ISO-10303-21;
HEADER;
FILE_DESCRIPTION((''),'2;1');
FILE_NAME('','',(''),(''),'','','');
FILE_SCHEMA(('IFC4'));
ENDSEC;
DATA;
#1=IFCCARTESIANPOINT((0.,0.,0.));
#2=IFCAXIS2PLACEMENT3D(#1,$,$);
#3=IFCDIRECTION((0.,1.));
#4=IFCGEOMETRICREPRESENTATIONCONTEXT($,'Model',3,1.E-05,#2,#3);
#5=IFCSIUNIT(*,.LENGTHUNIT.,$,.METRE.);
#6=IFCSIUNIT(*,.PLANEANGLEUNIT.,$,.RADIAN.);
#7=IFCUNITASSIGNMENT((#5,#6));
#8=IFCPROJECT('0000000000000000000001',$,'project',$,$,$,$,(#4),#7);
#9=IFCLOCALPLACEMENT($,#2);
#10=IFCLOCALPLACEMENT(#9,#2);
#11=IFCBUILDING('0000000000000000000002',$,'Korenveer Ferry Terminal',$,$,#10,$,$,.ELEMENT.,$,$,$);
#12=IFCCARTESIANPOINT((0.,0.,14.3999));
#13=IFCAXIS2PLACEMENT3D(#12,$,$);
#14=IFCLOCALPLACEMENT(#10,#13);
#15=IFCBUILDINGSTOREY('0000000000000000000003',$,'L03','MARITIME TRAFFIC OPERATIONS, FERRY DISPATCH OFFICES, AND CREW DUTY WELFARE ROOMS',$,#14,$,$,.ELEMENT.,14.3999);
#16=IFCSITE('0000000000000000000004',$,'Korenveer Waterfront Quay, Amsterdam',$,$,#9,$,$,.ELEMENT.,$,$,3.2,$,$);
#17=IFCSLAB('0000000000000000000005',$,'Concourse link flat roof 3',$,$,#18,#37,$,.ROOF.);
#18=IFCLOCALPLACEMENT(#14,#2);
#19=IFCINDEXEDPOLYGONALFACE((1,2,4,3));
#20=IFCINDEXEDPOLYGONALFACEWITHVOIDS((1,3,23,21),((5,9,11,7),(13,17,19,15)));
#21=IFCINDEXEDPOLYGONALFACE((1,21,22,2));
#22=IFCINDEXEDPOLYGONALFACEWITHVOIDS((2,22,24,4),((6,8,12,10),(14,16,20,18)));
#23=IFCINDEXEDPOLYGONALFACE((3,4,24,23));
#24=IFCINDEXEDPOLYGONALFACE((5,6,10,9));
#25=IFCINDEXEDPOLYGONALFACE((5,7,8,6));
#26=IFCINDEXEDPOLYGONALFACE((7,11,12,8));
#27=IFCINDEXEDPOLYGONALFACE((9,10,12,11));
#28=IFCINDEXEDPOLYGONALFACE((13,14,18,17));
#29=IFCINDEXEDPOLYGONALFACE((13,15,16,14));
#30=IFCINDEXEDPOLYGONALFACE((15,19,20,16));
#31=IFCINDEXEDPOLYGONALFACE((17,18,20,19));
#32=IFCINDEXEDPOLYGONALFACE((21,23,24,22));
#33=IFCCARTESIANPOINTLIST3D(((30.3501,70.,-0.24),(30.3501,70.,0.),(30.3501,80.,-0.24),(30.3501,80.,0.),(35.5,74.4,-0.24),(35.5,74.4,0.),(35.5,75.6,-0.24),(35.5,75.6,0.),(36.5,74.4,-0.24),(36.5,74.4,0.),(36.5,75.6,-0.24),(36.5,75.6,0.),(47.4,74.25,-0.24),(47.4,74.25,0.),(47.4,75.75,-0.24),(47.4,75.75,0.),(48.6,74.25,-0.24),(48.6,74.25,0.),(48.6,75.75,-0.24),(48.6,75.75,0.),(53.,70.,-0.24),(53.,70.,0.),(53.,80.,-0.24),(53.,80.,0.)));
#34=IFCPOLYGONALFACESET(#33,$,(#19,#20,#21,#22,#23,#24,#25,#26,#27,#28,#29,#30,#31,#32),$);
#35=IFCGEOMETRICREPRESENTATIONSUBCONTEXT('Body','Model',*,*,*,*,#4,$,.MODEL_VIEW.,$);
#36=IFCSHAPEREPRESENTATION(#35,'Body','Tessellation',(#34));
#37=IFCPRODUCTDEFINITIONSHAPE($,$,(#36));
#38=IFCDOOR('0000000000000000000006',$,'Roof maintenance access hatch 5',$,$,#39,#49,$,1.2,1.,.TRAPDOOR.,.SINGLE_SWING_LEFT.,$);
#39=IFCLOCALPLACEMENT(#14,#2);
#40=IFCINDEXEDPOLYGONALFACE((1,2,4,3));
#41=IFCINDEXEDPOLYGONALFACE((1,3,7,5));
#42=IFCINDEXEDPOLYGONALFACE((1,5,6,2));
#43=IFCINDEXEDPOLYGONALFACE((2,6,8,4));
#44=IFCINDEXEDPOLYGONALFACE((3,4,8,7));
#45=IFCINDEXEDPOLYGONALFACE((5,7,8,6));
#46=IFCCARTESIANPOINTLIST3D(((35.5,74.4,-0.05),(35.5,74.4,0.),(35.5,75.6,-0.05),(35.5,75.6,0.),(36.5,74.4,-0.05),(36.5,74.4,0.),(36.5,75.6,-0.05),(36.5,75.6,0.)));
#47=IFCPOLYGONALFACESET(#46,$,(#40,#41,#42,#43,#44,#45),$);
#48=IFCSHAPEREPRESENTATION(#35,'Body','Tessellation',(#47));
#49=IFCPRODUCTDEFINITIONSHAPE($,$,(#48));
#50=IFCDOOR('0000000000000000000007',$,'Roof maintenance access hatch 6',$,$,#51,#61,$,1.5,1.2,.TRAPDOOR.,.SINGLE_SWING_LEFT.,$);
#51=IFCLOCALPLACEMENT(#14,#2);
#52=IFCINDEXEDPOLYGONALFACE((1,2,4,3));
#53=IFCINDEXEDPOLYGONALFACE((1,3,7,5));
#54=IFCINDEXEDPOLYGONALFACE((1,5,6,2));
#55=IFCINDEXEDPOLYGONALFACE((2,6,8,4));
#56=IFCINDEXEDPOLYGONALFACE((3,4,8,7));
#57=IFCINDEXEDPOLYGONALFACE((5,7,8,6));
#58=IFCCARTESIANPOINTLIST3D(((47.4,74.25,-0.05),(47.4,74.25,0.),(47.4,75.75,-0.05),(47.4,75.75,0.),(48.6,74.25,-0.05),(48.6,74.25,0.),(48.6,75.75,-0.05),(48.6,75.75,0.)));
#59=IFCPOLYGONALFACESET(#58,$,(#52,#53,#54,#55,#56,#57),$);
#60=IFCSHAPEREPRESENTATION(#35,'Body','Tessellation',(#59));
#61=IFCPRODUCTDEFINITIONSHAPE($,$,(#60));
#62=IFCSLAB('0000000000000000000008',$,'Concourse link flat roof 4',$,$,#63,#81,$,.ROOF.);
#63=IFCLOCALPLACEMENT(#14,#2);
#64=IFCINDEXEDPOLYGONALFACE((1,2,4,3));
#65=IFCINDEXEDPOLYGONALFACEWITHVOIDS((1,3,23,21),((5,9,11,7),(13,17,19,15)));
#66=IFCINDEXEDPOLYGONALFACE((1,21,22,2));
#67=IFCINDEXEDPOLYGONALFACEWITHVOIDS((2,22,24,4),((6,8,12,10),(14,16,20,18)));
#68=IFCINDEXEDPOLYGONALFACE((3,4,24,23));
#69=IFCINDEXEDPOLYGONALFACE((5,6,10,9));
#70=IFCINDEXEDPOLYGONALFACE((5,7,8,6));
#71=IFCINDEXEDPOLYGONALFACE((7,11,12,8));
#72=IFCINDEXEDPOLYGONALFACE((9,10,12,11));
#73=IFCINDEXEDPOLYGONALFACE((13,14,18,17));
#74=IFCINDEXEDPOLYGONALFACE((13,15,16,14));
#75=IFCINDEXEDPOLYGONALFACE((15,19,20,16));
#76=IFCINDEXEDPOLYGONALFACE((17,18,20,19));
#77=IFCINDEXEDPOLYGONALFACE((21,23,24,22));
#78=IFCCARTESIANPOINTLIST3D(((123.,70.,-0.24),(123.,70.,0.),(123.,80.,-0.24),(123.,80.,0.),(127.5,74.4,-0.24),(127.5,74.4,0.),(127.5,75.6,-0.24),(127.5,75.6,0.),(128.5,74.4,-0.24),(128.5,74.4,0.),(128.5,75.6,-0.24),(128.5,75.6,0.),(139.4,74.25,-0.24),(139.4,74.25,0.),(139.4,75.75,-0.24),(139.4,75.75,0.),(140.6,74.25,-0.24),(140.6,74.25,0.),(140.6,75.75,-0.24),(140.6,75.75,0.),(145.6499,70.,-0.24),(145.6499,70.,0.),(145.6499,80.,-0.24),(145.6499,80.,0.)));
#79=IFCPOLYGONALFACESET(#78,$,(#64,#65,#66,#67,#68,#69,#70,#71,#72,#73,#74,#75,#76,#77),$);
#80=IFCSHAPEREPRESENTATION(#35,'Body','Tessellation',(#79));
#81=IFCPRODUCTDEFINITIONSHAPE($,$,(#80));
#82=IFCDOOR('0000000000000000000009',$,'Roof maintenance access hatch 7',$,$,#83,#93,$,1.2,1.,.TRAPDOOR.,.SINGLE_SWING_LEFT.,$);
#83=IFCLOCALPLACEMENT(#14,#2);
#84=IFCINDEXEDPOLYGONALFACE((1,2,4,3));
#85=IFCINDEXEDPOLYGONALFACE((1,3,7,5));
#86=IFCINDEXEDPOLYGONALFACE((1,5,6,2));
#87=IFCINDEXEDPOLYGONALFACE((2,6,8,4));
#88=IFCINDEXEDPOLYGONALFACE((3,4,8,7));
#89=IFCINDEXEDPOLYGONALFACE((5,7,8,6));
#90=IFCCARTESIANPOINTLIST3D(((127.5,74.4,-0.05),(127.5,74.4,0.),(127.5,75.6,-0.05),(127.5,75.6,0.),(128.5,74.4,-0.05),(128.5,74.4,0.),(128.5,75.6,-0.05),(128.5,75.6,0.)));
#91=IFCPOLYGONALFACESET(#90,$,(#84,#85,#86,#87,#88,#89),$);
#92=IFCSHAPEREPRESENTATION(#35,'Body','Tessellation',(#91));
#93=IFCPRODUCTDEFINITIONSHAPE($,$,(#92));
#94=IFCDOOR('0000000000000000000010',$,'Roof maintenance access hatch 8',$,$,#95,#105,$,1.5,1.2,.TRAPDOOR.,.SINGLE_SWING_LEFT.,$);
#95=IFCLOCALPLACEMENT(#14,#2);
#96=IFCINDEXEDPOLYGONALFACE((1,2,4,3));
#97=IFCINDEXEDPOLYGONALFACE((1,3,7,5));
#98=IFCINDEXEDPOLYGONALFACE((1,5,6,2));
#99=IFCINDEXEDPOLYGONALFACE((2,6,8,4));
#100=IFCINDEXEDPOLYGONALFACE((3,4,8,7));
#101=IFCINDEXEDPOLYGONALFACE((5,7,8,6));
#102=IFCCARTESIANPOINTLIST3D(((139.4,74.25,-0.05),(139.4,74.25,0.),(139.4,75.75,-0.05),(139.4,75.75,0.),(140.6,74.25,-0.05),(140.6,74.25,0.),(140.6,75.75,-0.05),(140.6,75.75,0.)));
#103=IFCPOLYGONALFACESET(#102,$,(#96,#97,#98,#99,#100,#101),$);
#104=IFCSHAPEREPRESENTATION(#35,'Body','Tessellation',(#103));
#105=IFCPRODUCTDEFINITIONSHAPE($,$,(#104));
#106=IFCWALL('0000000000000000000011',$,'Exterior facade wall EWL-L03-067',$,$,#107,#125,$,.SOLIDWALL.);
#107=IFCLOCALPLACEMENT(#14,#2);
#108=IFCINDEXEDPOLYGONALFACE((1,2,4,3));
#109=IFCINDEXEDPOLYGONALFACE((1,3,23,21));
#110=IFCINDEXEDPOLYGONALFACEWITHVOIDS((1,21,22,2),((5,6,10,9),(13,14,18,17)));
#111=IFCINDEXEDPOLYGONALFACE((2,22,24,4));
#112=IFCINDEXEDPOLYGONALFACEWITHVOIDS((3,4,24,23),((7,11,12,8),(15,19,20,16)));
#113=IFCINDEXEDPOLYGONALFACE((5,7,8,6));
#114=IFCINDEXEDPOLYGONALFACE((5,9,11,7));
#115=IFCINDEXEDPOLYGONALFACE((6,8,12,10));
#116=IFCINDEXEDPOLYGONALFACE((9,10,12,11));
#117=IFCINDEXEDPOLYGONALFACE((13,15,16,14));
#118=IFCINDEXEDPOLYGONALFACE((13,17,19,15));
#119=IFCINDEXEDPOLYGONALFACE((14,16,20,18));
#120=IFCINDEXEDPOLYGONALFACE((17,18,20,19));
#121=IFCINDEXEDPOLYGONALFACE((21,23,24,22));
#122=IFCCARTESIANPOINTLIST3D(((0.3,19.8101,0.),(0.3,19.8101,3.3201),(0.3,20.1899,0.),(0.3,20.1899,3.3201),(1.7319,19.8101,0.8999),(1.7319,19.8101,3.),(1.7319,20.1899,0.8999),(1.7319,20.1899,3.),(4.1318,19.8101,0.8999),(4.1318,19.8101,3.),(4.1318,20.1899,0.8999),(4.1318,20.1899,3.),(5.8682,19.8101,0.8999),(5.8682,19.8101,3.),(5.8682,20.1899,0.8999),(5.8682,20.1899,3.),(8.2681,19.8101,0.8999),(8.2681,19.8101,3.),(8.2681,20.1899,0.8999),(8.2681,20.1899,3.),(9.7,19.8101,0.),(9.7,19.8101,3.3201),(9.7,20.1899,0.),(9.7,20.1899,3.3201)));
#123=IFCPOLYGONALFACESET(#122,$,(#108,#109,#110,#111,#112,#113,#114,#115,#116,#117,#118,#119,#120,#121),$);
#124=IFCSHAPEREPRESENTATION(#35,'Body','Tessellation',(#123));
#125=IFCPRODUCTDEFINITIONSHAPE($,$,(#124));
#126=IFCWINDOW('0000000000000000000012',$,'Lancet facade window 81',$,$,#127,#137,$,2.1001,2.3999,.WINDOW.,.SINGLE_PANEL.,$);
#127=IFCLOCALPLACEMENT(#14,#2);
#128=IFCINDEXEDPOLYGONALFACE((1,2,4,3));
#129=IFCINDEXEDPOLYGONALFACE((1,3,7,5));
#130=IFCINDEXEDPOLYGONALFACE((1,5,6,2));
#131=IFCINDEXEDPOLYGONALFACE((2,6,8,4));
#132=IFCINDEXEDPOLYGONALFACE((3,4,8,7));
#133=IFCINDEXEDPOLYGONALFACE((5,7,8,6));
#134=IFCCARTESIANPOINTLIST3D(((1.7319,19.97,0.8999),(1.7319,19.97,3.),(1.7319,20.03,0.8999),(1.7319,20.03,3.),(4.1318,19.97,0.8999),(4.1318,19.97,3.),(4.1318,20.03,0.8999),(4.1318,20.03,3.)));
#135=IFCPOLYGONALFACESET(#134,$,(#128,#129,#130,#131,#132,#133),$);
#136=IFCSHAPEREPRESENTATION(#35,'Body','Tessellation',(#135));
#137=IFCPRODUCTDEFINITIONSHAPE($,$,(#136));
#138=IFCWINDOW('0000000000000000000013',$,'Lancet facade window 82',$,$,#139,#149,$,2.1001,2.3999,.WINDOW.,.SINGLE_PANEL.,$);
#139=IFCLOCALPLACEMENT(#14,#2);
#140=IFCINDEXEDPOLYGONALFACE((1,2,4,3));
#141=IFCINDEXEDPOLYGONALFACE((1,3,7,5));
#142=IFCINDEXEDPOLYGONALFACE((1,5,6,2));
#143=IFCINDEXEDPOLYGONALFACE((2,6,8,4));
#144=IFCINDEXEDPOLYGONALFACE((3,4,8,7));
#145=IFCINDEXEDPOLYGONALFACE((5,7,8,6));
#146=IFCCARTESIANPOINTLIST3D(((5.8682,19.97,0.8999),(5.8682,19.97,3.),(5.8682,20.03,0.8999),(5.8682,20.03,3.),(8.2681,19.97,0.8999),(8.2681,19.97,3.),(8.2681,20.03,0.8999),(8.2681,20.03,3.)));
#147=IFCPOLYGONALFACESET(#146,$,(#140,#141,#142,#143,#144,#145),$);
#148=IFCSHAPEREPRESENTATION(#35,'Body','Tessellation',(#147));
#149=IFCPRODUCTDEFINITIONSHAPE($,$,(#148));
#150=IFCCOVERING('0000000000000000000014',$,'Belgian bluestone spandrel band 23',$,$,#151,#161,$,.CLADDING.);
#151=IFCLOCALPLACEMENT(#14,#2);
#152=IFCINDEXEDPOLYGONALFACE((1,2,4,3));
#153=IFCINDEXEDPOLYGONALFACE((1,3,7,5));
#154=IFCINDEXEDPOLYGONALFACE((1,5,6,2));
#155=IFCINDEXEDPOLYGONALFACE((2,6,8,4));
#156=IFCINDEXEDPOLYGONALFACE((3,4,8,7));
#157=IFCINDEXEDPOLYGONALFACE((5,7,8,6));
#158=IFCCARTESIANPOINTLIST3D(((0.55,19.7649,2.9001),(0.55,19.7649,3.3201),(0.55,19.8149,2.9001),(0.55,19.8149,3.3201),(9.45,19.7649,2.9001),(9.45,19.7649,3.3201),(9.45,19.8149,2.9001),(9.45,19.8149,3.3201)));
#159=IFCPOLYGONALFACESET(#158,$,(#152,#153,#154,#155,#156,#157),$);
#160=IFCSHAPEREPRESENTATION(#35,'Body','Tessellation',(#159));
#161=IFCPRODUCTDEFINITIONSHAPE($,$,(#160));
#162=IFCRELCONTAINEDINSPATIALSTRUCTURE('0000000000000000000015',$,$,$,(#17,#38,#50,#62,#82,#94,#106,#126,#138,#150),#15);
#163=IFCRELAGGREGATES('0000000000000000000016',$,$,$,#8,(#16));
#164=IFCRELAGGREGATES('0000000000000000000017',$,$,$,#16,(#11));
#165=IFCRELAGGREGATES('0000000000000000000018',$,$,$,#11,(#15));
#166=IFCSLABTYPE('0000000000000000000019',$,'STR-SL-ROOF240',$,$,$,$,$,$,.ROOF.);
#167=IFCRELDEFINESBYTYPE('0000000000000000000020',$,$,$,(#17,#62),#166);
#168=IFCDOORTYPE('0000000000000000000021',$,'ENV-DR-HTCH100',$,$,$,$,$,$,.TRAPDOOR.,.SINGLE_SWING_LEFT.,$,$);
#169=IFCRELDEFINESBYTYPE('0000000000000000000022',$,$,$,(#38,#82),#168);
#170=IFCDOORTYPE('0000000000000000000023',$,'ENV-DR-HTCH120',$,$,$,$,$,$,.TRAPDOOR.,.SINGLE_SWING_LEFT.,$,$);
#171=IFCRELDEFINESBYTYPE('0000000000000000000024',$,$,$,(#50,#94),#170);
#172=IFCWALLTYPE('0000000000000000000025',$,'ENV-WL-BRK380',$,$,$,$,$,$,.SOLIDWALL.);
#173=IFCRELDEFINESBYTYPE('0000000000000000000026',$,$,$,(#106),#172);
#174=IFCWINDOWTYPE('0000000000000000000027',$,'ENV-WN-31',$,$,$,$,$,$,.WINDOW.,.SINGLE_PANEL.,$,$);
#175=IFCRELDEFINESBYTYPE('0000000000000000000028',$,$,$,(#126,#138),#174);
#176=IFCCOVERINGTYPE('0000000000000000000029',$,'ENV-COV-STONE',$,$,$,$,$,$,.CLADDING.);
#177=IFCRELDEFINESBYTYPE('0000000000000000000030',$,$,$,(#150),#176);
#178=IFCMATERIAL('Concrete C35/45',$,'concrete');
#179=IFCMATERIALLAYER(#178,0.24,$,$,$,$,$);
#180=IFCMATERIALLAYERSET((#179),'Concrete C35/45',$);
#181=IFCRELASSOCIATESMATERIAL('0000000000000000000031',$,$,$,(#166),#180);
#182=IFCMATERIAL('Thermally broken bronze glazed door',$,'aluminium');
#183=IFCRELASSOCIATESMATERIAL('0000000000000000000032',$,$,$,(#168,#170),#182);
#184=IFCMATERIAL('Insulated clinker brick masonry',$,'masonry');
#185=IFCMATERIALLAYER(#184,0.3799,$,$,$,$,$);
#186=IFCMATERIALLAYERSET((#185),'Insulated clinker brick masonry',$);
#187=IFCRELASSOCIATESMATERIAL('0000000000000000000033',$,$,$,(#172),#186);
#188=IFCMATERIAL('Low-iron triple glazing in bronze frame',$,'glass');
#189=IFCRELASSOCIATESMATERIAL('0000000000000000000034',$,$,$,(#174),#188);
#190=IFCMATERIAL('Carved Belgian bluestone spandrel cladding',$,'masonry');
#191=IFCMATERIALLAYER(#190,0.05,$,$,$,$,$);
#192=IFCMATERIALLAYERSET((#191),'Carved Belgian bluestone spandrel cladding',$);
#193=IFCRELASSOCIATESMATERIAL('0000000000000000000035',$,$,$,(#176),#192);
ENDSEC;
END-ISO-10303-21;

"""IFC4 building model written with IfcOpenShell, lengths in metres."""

from ifc_helpers import new_model, si_unit, direction, frame, frame_2d, origin, origin_2d, place, context, subcontext, project, spatial, polyline, rectangle, outline, extrude, material, layer, layer_set, type_object, element, fill, save


model = new_model("IFC4")

# Units and contexts
model_context = context("Model", 3, precision=1e-05, world=origin(), true_north=direction((0.0, 1.0)))
body_context = subcontext(model_context, "Body", "Model", "MODEL_VIEW")
ifc_project = project(units=[si_unit("LENGTHUNIT", "METRE"), si_unit("PLANEANGLEUNIT", "RADIAN")], contexts=[model_context])

# Site, building, storey
site_placement = place(None, origin())
site = spatial("IfcSite", under=ifc_project, at=site_placement, Name="Korenveer Waterfront Quay, Amsterdam", CompositionType="ELEMENT", RefElevation=3.2)
building_placement = place(site_placement, origin())
building = spatial("IfcBuilding", under=site, at=building_placement, Name="Korenveer Ferry Terminal", CompositionType="ELEMENT")
storey_placement = place(building_placement, frame((0.0, 0.0, 14.3999)))
storey = spatial("IfcBuildingStorey", under=building, at=storey_placement, Name="L03", Description="MARITIME TRAFFIC OPERATIONS, FERRY DISPATCH OFFICES, AND CREW DUTY WELFARE ROOMS", CompositionType="ELEMENT", Elevation=14.3999)

# Shared definitions
ifc_material_1 = material(Name="Concrete C35/45", Category="concrete")

# Slabs, openings, doors
ifc_layer_1 = layer(ifc_material_1, 0.24)
ifc_layer_set_1 = layer_set([ifc_layer_1], Name="Concrete C35/45")
slab_type_1 = type_object("IfcSlabType", Name="STR-SL-ROOF240", PredefinedType="ROOF", material=ifc_layer_set_1)
ifc_material_2 = material(Name="Thermally broken bronze glazed door", Category="aluminium")
door_type_1 = type_object("IfcDoorType", Name="ENV-DR-HTCH100", OperationType="SINGLE_SWING_LEFT", PredefinedType="TRAPDOOR", material=ifc_material_2)
door_type_2 = type_object("IfcDoorType", Name="ENV-DR-HTCH120", OperationType="SINGLE_SWING_LEFT", PredefinedType="TRAPDOOR", material=ifc_material_2)
slab_1_placement = place(storey_placement, frame((0.0, 0.0, -0.24)))
slab_1 = element("IfcSlab", 1, at=slab_1_placement, inside=storey, type_object=slab_type_1, Name="Concourse link flat roof 3", PredefinedType="ROOF", context=body_context, shape_type="SweptSolid", body=[
    extrude(outline(polyline([(30.3501, 70.0), (53.0, 70.0), (53.0, 80.0), (30.3501, 80.0), (30.3501, 70.0)])), origin(), (0.0, 0.0, 1.0), 0.24),
])
opening_1_placement = place(slab_1_placement, frame((36.0, 75.0, -0.01)))
opening_1 = element("IfcOpeningElement", 2, at=opening_1_placement, cuts=slab_1, PredefinedType="OPENING", context=body_context, shape_type="SweptSolid", body=[
    extrude(rectangle(XDim=1.0, YDim=1.2, at=origin_2d()), origin(), (0.0, 0.0, 1.0), 0.26),
])
opening_2_placement = place(slab_1_placement, frame((48.0, 75.0, -0.01)))
opening_2 = element("IfcOpeningElement", 3, at=opening_2_placement, cuts=slab_1, PredefinedType="OPENING", context=body_context, shape_type="SweptSolid", body=[
    extrude(rectangle(XDim=1.2, YDim=1.5, at=origin_2d()), origin(), (0.0, 0.0, 1.0), 0.26),
])
door_1_placement = place(slab_1_placement, frame((36.0, 75.0, 0.1899)))
door_1 = element("IfcDoor", 4, at=door_1_placement, inside=storey, type_object=door_type_1, Name="Roof maintenance access hatch 5", OperationType="SINGLE_SWING_LEFT", OverallHeight=1.2, OverallWidth=1.0, PredefinedType="TRAPDOOR", context=body_context, shape_type="SweptSolid", body=[
    extrude(rectangle(XDim=1.0, YDim=1.2, at=origin_2d()), origin(), (0.0, 0.0, 1.0), 0.05),
])
fill(opening_1, door_1)
door_2_placement = place(slab_1_placement, frame((48.0, 75.0, 0.1899)))
door_2 = element("IfcDoor", 5, at=door_2_placement, inside=storey, type_object=door_type_2, Name="Roof maintenance access hatch 6", OperationType="SINGLE_SWING_LEFT", OverallHeight=1.5, OverallWidth=1.2, PredefinedType="TRAPDOOR", context=body_context, shape_type="SweptSolid", body=[
    extrude(rectangle(XDim=1.2, YDim=1.5, at=origin_2d()), origin(), (0.0, 0.0, 1.0), 0.05),
])
fill(opening_2, door_2)
slab_2_placement = place(storey_placement, frame((0.0, 0.0, -0.24)))
slab_2 = element("IfcSlab", 6, at=slab_2_placement, inside=storey, type_object=slab_type_1, Name="Concourse link flat roof 4", PredefinedType="ROOF", context=body_context, shape_type="SweptSolid", body=[
    extrude(outline(polyline([(123.0, 70.0), (145.6499, 70.0), (145.6499, 80.0), (123.0, 80.0), (123.0, 70.0)])), origin(), (0.0, 0.0, 1.0), 0.24),
])
opening_3_placement = place(slab_2_placement, frame((128.0, 75.0, -0.01)))
opening_3 = element("IfcOpeningElement", 7, at=opening_3_placement, cuts=slab_2, PredefinedType="OPENING", context=body_context, shape_type="SweptSolid", body=[
    extrude(rectangle(XDim=1.0, YDim=1.2, at=origin_2d()), origin(), (0.0, 0.0, 1.0), 0.26),
])
opening_4_placement = place(slab_2_placement, frame((140.0, 75.0, -0.01)))
opening_4 = element("IfcOpeningElement", 8, at=opening_4_placement, cuts=slab_2, PredefinedType="OPENING", context=body_context, shape_type="SweptSolid", body=[
    extrude(rectangle(XDim=1.2, YDim=1.5, at=origin_2d()), origin(), (0.0, 0.0, 1.0), 0.26),
])
door_3_placement = place(slab_2_placement, frame((128.0, 75.0, 0.1899)))
door_3 = element("IfcDoor", 9, at=door_3_placement, inside=storey, type_object=door_type_1, Name="Roof maintenance access hatch 7", OperationType="SINGLE_SWING_LEFT", OverallHeight=1.2, OverallWidth=1.0, PredefinedType="TRAPDOOR", context=body_context, shape_type="SweptSolid", body=[
    extrude(rectangle(XDim=1.0, YDim=1.2, at=origin_2d()), origin(), (0.0, 0.0, 1.0), 0.05),
])
fill(opening_3, door_3)
door_4_placement = place(slab_2_placement, frame((140.0, 75.0, 0.1899)))
door_4 = element("IfcDoor", 10, at=door_4_placement, inside=storey, type_object=door_type_2, Name="Roof maintenance access hatch 8", OperationType="SINGLE_SWING_LEFT", OverallHeight=1.5, OverallWidth=1.2, PredefinedType="TRAPDOOR", context=body_context, shape_type="SweptSolid", body=[
    extrude(rectangle(XDim=1.2, YDim=1.5, at=origin_2d()), origin(), (0.0, 0.0, 1.0), 0.05),
])
fill(opening_4, door_4)

# Wall, openings, windows
ifc_material_3 = material(Name="Insulated clinker brick masonry", Category="masonry")
ifc_layer_2 = layer(ifc_material_3, 0.3799)
ifc_layer_set_2 = layer_set([ifc_layer_2], Name="Insulated clinker brick masonry")
wall_type = type_object("IfcWallType", Name="ENV-WL-BRK380", PredefinedType="SOLIDWALL", material=ifc_layer_set_2)
wall_placement = place(storey_placement, frame((0.3, 20.0, 0.0), z_axis=(0.0, 0.0, 1.0), x_axis=(1.0, 0.0, 0.0)))
wall = element("IfcWall", 11, at=wall_placement, inside=storey, type_object=wall_type, Name="Exterior facade wall EWL-L03-067", PredefinedType="SOLIDWALL", context=body_context, shape_type="SweptSolid", body=[
    extrude(rectangle(XDim=9.3999, YDim=0.3799, at=frame_2d((4.7, 0.0))), origin(), (0.0, 0.0, 1.0), 3.3201),
])
opening_5_placement = place(wall_placement, frame((1.4319, 0.0, 0.8999)))
opening_5 = element("IfcOpeningElement", 12, at=opening_5_placement, cuts=wall, PredefinedType="OPENING", context=body_context, shape_type="SweptSolid", body=[
    extrude(rectangle(XDim=2.3999, YDim=2.1001, at=frame_2d((1.2, 1.05))), frame((0.0, 0.2, 0.0), z_axis=(0.0, -1.0, 0.0), x_axis=(1.0, 0.0, 0.0)), (0.0, 0.0, 1.0), 0.3999),
])
opening_6_placement = place(wall_placement, frame((5.5681, 0.0, 0.8999)))
opening_6 = element("IfcOpeningElement", 13, at=opening_6_placement, cuts=wall, PredefinedType="OPENING", context=body_context, shape_type="SweptSolid", body=[
    extrude(rectangle(XDim=2.3999, YDim=2.1001, at=frame_2d((1.2, 1.05))), frame((0.0, 0.2, 0.0), z_axis=(0.0, -1.0, 0.0), x_axis=(1.0, 0.0, 0.0)), (0.0, 0.0, 1.0), 0.3999),
])
ifc_material_4 = material(Name="Low-iron triple glazing in bronze frame", Category="glass")
window_type = type_object("IfcWindowType", Name="ENV-WN-31", PartitioningType="SINGLE_PANEL", PredefinedType="WINDOW", material=ifc_material_4)
window_1_placement = place(opening_5_placement, origin())
window_1 = element("IfcWindow", 14, at=window_1_placement, inside=storey, type_object=window_type, Name="Lancet facade window 81", OverallHeight=2.1001, OverallWidth=2.3999, PartitioningType="SINGLE_PANEL", PredefinedType="WINDOW", context=body_context, shape_type="SweptSolid", body=[
    extrude(rectangle(XDim=2.3999, YDim=2.1001, at=frame_2d((1.2, 1.05))), frame((0.0, 0.03, 0.0), z_axis=(0.0, -1.0, 0.0), x_axis=(1.0, 0.0, 0.0)), (0.0, 0.0, 1.0), 0.0601),
])
fill(opening_5, window_1)
window_2_placement = place(opening_6_placement, origin())
window_2 = element("IfcWindow", 15, at=window_2_placement, inside=storey, type_object=window_type, Name="Lancet facade window 82", OverallHeight=2.1001, OverallWidth=2.3999, PartitioningType="SINGLE_PANEL", PredefinedType="WINDOW", context=body_context, shape_type="SweptSolid", body=[
    extrude(rectangle(XDim=2.3999, YDim=2.1001, at=frame_2d((1.2, 1.05))), frame((0.0, 0.03, 0.0), z_axis=(0.0, -1.0, 0.0), x_axis=(1.0, 0.0, 0.0)), (0.0, 0.0, 1.0), 0.0601),
])
fill(opening_6, window_2)

# Covering
ifc_material_5 = material(Name="Carved Belgian bluestone spandrel cladding", Category="masonry")
ifc_layer_3 = layer(ifc_material_5, 0.05)
ifc_layer_set_3 = layer_set([ifc_layer_3], Name="Carved Belgian bluestone spandrel cladding")
covering_type_1 = type_object("IfcCoveringType", Name="ENV-COV-STONE", PredefinedType="CLADDING", material=ifc_layer_set_3)
covering_1_placement = place(storey_placement, frame((0.0, 0.0, 2.9001)))
element("IfcCovering", 16, at=covering_1_placement, inside=storey, type_object=covering_type_1, Name="Belgian bluestone spandrel band 23", PredefinedType="CLADDING", context=body_context, shape_type="SweptSolid", body=[
    extrude(outline(polyline([(0.55, 19.7649), (9.45, 19.7649), (9.45, 19.8149), (0.55, 19.8149), (0.55, 19.7649)])), origin(), (0.0, 0.0, 1.0), 0.4199),
])

save(model, "model.ifc")
